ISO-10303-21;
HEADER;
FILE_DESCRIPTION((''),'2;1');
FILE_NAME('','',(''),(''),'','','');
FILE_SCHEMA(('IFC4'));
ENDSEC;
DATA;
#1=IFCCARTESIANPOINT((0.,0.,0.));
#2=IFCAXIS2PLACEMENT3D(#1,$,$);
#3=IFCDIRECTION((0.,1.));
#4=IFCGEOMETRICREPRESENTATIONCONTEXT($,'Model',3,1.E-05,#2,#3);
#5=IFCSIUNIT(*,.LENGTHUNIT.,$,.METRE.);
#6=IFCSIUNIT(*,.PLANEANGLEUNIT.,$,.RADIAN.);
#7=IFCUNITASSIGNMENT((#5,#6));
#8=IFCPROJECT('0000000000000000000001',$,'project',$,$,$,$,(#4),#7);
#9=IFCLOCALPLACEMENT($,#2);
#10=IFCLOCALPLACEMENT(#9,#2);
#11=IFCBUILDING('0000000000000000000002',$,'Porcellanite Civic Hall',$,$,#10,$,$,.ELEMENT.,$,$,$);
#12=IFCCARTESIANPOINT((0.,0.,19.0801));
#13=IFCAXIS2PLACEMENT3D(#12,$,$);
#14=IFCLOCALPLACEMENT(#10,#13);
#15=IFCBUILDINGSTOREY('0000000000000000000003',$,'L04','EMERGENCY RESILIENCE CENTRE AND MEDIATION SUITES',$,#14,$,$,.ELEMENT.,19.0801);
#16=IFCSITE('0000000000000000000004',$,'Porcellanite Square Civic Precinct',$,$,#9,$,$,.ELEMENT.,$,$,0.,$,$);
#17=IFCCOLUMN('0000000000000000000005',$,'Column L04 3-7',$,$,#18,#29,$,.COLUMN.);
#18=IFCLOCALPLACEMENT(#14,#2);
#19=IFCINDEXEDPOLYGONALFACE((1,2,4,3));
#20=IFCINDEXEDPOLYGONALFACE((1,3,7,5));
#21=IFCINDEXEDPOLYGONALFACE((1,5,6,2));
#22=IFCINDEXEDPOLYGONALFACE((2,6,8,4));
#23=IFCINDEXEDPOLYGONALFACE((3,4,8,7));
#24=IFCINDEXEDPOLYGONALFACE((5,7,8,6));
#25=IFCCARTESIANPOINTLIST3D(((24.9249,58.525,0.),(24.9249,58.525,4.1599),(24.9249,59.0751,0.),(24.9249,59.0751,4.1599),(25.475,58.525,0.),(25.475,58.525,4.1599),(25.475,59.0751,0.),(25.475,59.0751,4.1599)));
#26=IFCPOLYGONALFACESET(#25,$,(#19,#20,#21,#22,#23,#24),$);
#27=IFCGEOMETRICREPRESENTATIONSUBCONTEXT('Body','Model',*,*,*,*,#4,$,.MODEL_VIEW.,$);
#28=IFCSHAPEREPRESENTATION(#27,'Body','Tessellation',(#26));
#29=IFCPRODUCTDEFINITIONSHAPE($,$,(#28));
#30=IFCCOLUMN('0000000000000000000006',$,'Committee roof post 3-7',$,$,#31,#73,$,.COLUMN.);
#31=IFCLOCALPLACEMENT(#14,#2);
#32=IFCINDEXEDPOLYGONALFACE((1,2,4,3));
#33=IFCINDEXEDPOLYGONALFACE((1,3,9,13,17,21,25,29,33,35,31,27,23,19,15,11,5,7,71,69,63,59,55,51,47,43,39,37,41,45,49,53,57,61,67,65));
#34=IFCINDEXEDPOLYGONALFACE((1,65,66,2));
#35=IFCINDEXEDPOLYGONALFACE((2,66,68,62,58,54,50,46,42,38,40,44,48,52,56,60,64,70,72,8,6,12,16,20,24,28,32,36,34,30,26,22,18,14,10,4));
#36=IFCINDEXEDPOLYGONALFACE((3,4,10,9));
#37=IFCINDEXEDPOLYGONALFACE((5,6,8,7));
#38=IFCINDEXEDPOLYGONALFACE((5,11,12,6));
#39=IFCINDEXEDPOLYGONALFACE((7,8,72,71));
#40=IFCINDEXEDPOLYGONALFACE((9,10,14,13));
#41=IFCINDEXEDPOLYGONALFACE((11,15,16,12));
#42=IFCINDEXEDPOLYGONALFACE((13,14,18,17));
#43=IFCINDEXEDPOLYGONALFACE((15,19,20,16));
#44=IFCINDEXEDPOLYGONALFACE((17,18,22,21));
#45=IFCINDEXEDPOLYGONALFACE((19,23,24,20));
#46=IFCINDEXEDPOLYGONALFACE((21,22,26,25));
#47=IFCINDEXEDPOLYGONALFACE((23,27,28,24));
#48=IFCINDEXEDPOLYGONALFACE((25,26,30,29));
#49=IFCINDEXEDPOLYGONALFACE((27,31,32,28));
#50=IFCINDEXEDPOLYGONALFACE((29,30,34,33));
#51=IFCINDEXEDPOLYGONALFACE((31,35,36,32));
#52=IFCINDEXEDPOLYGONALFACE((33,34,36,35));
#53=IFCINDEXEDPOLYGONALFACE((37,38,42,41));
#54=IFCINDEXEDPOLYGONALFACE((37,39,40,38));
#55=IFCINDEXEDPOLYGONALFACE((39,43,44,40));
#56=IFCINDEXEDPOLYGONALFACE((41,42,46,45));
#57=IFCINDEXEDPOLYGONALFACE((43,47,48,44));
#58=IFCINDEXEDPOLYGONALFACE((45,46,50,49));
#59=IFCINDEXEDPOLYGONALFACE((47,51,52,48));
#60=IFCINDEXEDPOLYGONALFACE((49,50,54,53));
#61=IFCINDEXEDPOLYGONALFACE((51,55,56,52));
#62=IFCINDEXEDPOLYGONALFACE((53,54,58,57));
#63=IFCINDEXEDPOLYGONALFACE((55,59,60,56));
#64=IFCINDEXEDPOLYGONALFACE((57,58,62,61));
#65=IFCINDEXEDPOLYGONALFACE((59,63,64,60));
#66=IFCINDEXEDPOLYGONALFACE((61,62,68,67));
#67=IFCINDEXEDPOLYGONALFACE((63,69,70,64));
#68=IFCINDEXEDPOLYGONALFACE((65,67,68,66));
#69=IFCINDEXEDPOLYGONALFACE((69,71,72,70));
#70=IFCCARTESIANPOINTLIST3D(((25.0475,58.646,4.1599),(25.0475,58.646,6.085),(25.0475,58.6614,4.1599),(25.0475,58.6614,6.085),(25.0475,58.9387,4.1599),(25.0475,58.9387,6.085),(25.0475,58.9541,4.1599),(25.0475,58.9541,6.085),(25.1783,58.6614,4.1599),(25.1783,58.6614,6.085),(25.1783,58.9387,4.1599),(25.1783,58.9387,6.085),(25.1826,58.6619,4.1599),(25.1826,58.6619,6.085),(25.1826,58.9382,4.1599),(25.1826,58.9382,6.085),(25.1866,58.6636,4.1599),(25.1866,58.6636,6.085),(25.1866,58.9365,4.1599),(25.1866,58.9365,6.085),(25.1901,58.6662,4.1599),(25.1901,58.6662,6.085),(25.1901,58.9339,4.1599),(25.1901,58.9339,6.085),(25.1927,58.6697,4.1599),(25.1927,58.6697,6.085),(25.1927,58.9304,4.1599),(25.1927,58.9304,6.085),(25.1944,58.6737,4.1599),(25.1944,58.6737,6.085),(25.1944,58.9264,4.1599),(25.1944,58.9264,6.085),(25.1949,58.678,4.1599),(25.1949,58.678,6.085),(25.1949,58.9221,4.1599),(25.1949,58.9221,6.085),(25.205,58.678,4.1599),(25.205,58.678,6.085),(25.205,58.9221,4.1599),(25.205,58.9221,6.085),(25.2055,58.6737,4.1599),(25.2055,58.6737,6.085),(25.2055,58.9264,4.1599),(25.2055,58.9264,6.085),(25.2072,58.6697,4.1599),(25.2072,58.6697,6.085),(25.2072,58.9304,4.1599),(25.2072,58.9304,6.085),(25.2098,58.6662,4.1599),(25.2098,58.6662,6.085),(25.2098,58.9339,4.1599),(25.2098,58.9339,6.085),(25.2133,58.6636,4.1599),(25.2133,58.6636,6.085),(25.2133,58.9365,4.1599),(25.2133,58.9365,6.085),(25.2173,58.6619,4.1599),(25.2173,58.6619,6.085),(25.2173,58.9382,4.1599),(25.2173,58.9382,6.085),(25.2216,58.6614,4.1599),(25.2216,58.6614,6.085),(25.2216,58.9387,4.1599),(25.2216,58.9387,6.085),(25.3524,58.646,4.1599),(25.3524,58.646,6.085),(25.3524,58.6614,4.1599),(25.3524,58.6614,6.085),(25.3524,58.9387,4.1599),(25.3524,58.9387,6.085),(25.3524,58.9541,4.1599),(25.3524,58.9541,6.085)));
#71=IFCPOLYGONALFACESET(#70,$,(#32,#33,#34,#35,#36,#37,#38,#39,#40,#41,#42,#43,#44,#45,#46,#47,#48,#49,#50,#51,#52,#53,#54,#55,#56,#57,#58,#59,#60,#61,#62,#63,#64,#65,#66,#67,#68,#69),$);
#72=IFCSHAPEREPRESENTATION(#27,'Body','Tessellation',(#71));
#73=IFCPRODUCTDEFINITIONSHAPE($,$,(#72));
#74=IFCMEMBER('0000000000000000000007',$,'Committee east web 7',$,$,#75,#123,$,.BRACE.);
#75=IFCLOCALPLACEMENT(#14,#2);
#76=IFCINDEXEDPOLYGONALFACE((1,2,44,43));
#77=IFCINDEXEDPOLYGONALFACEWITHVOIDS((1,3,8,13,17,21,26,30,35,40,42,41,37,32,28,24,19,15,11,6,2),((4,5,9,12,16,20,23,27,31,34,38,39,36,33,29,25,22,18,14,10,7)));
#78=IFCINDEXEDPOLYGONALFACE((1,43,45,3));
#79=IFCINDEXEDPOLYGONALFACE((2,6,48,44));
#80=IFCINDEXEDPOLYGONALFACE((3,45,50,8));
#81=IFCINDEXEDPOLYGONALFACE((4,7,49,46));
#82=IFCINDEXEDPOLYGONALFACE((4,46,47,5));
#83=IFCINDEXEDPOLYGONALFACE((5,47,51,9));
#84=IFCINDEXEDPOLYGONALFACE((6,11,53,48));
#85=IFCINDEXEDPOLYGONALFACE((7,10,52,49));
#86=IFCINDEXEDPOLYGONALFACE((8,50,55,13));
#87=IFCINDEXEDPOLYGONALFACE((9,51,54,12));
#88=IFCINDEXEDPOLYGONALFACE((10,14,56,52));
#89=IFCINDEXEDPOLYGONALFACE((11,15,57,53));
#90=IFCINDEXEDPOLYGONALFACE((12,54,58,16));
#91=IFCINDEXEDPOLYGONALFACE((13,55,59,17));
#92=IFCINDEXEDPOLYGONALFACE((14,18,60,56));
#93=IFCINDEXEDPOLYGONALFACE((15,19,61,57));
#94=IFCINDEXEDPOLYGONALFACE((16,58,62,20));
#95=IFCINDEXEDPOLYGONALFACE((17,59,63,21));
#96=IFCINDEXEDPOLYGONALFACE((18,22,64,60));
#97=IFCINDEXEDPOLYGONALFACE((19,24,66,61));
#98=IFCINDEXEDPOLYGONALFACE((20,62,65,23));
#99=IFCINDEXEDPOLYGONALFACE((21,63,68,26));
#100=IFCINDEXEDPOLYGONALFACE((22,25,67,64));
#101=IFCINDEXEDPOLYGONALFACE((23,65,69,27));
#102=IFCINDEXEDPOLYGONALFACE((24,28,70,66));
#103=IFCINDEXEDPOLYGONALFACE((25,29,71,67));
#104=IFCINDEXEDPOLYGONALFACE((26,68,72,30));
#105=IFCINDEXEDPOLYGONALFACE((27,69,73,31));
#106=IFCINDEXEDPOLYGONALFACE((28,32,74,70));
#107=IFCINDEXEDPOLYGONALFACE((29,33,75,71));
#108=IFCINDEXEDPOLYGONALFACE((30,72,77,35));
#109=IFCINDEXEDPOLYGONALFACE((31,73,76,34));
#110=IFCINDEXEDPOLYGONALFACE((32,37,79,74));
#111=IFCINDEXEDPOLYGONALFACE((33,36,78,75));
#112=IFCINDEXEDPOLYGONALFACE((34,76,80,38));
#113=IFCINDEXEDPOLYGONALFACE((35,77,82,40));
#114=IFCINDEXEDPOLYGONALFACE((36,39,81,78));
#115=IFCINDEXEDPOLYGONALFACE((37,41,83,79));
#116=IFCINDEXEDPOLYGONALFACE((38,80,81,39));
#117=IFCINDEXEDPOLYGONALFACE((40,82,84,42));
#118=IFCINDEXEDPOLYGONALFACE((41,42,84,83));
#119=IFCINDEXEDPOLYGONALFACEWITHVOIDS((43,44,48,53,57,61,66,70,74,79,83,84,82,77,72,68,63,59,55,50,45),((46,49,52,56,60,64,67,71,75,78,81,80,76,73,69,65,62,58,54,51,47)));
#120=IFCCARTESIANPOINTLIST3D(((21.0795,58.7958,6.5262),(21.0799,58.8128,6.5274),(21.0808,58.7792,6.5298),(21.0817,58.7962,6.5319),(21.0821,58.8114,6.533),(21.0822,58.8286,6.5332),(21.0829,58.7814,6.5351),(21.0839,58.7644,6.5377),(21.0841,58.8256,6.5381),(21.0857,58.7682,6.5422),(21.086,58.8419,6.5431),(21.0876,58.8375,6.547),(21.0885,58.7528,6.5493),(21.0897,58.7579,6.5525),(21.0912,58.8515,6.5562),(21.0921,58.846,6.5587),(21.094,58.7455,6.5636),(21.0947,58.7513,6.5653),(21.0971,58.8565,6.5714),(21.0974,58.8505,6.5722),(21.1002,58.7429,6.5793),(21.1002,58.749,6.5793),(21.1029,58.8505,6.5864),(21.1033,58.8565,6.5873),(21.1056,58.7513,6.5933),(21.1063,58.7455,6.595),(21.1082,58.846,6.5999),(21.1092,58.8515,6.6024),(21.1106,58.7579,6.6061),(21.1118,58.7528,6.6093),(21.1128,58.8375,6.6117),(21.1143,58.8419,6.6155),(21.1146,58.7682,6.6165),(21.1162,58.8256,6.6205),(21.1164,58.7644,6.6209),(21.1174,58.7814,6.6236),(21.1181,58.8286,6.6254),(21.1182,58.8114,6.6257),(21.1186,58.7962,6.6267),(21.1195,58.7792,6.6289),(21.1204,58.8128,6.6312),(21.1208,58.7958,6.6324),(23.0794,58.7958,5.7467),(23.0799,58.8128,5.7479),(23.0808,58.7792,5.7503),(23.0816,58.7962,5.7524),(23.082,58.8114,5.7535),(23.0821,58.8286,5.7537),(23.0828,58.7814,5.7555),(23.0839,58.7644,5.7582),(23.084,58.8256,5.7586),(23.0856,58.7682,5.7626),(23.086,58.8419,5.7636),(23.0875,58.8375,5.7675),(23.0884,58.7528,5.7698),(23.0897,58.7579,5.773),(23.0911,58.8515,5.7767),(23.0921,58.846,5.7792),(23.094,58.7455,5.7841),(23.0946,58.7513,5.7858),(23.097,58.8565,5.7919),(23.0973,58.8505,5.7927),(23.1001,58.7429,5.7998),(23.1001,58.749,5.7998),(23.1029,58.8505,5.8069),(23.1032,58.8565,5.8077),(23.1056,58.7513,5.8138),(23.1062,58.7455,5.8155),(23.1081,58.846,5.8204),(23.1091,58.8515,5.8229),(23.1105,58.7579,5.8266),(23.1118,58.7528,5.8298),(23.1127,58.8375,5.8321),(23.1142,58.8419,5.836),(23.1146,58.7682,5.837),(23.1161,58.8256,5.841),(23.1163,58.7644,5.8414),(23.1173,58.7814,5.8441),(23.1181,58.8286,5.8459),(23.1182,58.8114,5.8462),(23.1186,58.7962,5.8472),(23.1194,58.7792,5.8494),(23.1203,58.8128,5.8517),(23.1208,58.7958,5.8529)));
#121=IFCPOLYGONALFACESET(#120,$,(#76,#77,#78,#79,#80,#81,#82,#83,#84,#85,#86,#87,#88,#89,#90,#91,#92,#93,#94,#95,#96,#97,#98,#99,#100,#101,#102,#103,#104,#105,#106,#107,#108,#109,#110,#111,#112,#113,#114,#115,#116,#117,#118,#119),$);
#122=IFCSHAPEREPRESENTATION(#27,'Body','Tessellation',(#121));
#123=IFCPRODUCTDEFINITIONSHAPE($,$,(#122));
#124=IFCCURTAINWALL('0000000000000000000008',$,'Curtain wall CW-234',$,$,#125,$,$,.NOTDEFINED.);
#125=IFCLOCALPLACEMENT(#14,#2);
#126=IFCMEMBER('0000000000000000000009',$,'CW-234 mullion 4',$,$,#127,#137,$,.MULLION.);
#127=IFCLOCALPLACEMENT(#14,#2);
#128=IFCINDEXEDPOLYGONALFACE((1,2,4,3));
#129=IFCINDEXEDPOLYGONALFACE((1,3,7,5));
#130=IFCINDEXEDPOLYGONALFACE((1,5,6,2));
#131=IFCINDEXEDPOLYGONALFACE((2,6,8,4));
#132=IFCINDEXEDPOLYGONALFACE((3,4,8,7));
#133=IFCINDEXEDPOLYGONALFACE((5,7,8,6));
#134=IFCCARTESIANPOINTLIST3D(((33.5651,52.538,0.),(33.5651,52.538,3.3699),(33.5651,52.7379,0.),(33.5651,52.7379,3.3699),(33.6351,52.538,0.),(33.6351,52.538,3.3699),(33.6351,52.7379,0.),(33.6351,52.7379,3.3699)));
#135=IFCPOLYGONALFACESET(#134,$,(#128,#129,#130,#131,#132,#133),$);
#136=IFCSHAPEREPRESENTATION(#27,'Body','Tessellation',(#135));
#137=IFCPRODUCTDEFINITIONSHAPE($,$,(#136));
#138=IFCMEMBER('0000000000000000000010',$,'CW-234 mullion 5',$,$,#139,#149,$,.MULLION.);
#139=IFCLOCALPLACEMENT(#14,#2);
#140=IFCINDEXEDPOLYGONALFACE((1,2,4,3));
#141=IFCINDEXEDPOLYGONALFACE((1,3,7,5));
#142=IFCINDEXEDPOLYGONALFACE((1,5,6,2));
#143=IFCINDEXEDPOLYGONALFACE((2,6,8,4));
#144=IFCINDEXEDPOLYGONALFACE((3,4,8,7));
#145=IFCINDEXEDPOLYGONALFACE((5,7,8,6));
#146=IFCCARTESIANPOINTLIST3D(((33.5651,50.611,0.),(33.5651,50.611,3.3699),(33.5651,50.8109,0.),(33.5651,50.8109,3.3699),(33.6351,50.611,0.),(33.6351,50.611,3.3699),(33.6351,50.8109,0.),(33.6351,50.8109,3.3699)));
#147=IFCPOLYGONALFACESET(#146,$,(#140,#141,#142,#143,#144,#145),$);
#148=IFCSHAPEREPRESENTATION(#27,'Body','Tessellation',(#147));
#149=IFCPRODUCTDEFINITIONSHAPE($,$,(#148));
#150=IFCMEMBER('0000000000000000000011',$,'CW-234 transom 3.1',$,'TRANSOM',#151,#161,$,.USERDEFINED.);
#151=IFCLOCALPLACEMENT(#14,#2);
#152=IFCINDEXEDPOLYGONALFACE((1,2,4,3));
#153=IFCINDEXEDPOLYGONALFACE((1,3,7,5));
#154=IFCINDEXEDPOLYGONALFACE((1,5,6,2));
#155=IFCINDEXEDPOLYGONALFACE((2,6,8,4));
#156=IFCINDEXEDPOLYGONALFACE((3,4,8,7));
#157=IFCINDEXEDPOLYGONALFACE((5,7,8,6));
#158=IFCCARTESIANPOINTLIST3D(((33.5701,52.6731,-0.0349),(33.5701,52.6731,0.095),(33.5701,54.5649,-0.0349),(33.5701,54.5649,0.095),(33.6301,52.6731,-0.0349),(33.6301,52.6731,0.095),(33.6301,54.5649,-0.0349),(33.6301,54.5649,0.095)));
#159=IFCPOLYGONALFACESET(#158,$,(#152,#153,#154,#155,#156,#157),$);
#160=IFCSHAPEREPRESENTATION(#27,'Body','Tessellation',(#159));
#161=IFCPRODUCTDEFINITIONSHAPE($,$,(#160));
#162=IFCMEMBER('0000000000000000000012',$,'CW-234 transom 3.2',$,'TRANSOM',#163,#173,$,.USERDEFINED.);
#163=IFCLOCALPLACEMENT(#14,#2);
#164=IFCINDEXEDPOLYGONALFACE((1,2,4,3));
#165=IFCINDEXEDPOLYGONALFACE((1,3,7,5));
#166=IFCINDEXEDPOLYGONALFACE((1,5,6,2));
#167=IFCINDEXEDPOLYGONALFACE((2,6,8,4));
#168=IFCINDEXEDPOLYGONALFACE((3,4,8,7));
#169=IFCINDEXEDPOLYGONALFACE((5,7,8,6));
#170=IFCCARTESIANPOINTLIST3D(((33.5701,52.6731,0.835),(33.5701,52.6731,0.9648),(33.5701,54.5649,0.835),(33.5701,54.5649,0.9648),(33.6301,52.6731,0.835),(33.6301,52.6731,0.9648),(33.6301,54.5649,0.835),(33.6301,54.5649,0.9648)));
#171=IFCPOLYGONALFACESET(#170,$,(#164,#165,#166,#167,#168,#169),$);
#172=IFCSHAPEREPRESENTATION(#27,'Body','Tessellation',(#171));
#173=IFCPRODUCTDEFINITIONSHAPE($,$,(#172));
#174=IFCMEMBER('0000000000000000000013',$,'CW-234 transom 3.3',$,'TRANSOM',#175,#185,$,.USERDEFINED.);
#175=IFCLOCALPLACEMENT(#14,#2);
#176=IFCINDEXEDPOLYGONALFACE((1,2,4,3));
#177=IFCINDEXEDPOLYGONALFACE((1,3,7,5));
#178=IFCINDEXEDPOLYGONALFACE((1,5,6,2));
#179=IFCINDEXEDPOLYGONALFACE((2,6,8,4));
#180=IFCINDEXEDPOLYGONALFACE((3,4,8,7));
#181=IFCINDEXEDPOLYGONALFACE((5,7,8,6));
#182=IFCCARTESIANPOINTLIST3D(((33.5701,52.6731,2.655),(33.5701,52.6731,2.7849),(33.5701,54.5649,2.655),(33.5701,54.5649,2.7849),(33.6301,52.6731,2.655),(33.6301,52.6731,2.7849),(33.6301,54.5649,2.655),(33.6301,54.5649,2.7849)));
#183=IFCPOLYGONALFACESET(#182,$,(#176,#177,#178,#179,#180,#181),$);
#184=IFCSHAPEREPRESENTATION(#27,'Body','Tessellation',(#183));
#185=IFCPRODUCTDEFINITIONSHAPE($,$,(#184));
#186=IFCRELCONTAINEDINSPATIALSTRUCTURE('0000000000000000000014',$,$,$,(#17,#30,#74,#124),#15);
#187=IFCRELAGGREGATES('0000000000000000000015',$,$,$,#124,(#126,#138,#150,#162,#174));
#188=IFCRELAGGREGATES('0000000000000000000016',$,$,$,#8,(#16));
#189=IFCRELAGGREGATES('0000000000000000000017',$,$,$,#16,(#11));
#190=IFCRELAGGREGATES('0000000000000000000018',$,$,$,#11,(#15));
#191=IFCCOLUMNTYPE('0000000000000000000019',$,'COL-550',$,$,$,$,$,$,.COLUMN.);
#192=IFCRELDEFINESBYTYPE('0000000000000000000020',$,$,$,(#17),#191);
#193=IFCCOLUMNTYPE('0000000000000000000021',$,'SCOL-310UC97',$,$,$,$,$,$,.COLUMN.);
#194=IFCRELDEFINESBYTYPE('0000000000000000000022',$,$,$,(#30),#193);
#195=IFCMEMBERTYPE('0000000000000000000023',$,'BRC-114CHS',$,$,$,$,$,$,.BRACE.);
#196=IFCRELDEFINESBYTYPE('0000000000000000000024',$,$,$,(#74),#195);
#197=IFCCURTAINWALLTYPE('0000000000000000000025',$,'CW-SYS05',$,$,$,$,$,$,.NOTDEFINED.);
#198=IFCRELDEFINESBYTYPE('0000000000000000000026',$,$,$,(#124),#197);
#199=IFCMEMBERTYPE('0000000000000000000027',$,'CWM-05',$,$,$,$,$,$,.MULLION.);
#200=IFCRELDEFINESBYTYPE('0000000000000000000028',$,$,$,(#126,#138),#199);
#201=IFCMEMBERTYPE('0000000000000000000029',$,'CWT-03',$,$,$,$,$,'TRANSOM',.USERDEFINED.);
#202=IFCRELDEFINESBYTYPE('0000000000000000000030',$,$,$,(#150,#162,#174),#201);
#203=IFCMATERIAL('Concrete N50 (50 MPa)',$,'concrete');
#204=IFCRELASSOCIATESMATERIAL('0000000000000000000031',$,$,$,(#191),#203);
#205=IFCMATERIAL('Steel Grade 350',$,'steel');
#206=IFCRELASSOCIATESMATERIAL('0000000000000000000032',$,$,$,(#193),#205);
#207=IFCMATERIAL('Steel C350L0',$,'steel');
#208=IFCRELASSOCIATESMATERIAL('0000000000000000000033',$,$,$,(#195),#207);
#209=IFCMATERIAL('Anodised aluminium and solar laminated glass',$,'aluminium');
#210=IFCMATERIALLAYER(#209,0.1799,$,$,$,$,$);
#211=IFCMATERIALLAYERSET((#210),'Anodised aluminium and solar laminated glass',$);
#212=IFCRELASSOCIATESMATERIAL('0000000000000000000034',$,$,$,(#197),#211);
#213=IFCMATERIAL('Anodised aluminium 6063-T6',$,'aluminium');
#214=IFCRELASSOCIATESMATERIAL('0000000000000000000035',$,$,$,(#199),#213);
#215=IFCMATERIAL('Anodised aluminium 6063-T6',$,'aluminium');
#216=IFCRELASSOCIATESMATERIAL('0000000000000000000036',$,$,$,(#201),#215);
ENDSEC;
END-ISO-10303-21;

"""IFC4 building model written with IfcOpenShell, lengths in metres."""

from ifc_helpers import new_model, si_unit, direction, frame, origin, origin_2d, place, context, subcontext, project, spatial, rectangle, hollow_circle, i_section, extrude, material, layer, layer_set, material_profile, profile_set, type_object, element, aggregate, save


model = new_model("IFC4")

# Units and contexts
model_context = context("Model", 3, precision=1e-05, world=origin(), true_north=direction((0.0, 1.0)))
body_context = subcontext(model_context, "Body", "Model", "MODEL_VIEW")
ifc_project = project(units=[si_unit("LENGTHUNIT", "METRE"), si_unit("PLANEANGLEUNIT", "RADIAN")], contexts=[model_context])

# Site, building, storey
site_placement = place(None, origin())
site = spatial("IfcSite", under=ifc_project, at=site_placement, Name="Porcellanite Square Civic Precinct", CompositionType="ELEMENT", RefElevation=0.0)
building_placement = place(site_placement, origin())
building = spatial("IfcBuilding", under=site, at=building_placement, Name="Porcellanite Civic Hall", CompositionType="ELEMENT")
storey_placement = place(building_placement, frame((0.0, 0.0, 19.0801)))
storey = spatial("IfcBuildingStorey", under=building, at=storey_placement, Name="L04", Description="EMERGENCY RESILIENCE CENTRE AND MEDIATION SUITES", CompositionType="ELEMENT", Elevation=19.0801)

# Columns
ifc_material_1 = material(Name="Concrete N50 (50 MPa)", Category="concrete")
ifc_material_profile_1 = material_profile(ifc_material_1, rectangle(XDim=0.55, YDim=0.55, at=origin_2d()), Name="RC-550x550")
ifc_profile_set_1 = profile_set([ifc_material_profile_1], Name="Concrete N50 (50 MPa)")
column_type_1 = type_object("IfcColumnType", Name="COL-550", PredefinedType="COLUMN", material=ifc_profile_set_1)
column_1_placement = place(storey_placement, frame((25.2, 58.8, 0.0), z_axis=(0.0, 0.0, 1.0), x_axis=(1.0, 0.0, 0.0)))
element("IfcColumn", 1, at=column_1_placement, inside=storey, type_object=column_type_1, Name="Column L04 3-7", PredefinedType="COLUMN", context=body_context, shape_type="SweptSolid", body=[
    extrude(rectangle(XDim=0.55, YDim=0.55, at=origin_2d()), origin(), (0.0, 0.0, 1.0), 4.1599),
])
ifc_material_2 = material(Name="Steel Grade 350", Category="steel")
ifc_material_profile_2 = material_profile(ifc_material_2, i_section(OverallWidth=0.3049, OverallDepth=0.3081, WebThickness=0.01, FlangeThickness=0.0154, FilletRadius=0.0166, at=origin_2d()), Name="310UC96.8")
ifc_profile_set_2 = profile_set([ifc_material_profile_2], Name="Steel Grade 350")
column_type_2 = type_object("IfcColumnType", Name="SCOL-310UC97", PredefinedType="COLUMN", material=ifc_profile_set_2)
column_2_placement = place(storey_placement, frame((25.2, 58.8, 4.1599), z_axis=(0.0, 0.0, 1.0), x_axis=(1.0, 0.0, 0.0)))
element("IfcColumn", 2, at=column_2_placement, inside=storey, type_object=column_type_2, Name="Committee roof post 3-7", PredefinedType="COLUMN", context=body_context, shape_type="SweptSolid", body=[
    extrude(i_section(OverallWidth=0.3049, OverallDepth=0.3081, WebThickness=0.01, FlangeThickness=0.0154, FilletRadius=0.0166, at=origin_2d()), origin(), (0.0, 0.0, 1.0), 1.925),
])

# Member
ifc_material_3 = material(Name="Steel C350L0", Category="steel")
ifc_material_profile_3 = material_profile(ifc_material_3, hollow_circle(Radius=0.0571, WallThickness=0.0061, at=origin_2d()), Name="114.3x6.0CHS")
ifc_profile_set_3 = profile_set([ifc_material_profile_3], Name="Steel C350L0")
member_type_1 = type_object("IfcMemberType", Name="BRC-114CHS", PredefinedType="BRACE", material=ifc_profile_set_3)
member_1_placement = place(storey_placement, frame((23.1001, 58.8, 5.7998), z_axis=(-0.931727, 0.0, 0.36316), x_axis=(0.0, -1.0, 0.0)))
element("IfcMember", 3, at=member_1_placement, inside=storey, type_object=member_type_1, Name="Committee east web 7", PredefinedType="BRACE", context=body_context, shape_type="SweptSolid", body=[
    extrude(hollow_circle(Radius=0.0571, WallThickness=0.0061, at=origin_2d()), origin(), (0.0, 0.0, 1.0), 2.1465),
])

# Curtain wall, members
ifc_material_4 = material(Name="Anodised aluminium and solar laminated glass", Category="aluminium")
ifc_layer_1 = layer(ifc_material_4, 0.1799)
ifc_layer_set_1 = layer_set([ifc_layer_1], Name="Anodised aluminium and solar laminated glass")
curtain_wall_type = type_object("IfcCurtainWallType", Name="CW-SYS05", PredefinedType="NOTDEFINED", material=ifc_layer_set_1)
curtain_wall_placement = place(storey_placement, origin())
curtain_wall = element("IfcCurtainWall", 4, at=curtain_wall_placement, inside=storey, type_object=curtain_wall_type, Name="Curtain wall CW-234", PredefinedType="NOTDEFINED")
ifc_material_5 = material(Name="Anodised aluminium 6063-T6", Category="aluminium")
ifc_material_profile_4 = material_profile(ifc_material_5, rectangle(XDim=0.0701, YDim=0.2, at=origin_2d()), Name="AL-70x200")
ifc_profile_set_4 = profile_set([ifc_material_profile_4], Name="Anodised aluminium 6063-T6")
member_type_2 = type_object("IfcMemberType", Name="CWM-05", PredefinedType="MULLION", material=ifc_profile_set_4)
member_2_placement = place(storey_placement, frame((33.6001, 52.6379, 0.0), z_axis=(0.0, 0.0, 1.0), x_axis=(1.0, 0.0, 0.0)))
member_2 = element("IfcMember", 5, at=member_2_placement, type_object=member_type_2, Name="CW-234 mullion 4", PredefinedType="MULLION", context=body_context, shape_type="SweptSolid", body=[
    extrude(rectangle(XDim=0.0701, YDim=0.2, at=origin_2d()), origin(), (0.0, 0.0, 1.0), 3.3699),
])
member_3_placement = place(storey_placement, frame((33.6001, 50.7109, 0.0), z_axis=(0.0, 0.0, 1.0), x_axis=(1.0, 0.0, 0.0)))
member_3 = element("IfcMember", 6, at=member_3_placement, type_object=member_type_2, Name="CW-234 mullion 5", PredefinedType="MULLION", context=body_context, shape_type="SweptSolid", body=[
    extrude(rectangle(XDim=0.0701, YDim=0.2, at=origin_2d()), origin(), (0.0, 0.0, 1.0), 3.3699),
])
ifc_material_6 = material(Name="Anodised aluminium 6063-T6", Category="aluminium")
ifc_material_profile_5 = material_profile(ifc_material_6, rectangle(XDim=0.0601, YDim=0.1299, at=origin_2d()), Name="AL-60x130")
ifc_profile_set_5 = profile_set([ifc_material_profile_5], Name="Anodised aluminium 6063-T6")
member_type_3 = type_object("IfcMemberType", Name="CWT-03", ElementType="TRANSOM", PredefinedType="USERDEFINED", material=ifc_profile_set_5)
member_4_placement = place(storey_placement, frame((33.6001, 54.5649, 0.03), z_axis=(0.0, -1.0, 0.0), x_axis=(1.0, 0.0, 0.0)))
member_4 = element("IfcMember", 7, at=member_4_placement, type_object=member_type_3, Name="CW-234 transom 3.1", ObjectType="TRANSOM", PredefinedType="USERDEFINED", context=body_context, shape_type="SweptSolid", body=[
    extrude(rectangle(XDim=0.0601, YDim=0.1299, at=origin_2d()), origin(), (0.0, 0.0, 1.0), 1.8918),
])
member_5_placement = place(storey_placement, frame((33.6001, 54.5649, 0.8999), z_axis=(0.0, -1.0, 0.0), x_axis=(1.0, 0.0, 0.0)))
member_5 = element("IfcMember", 8, at=member_5_placement, type_object=member_type_3, Name="CW-234 transom 3.2", ObjectType="TRANSOM", PredefinedType="USERDEFINED", context=body_context, shape_type="SweptSolid", body=[
    extrude(rectangle(XDim=0.0601, YDim=0.1299, at=origin_2d()), origin(), (0.0, 0.0, 1.0), 1.8918),
])
member_6_placement = place(storey_placement, frame((33.6001, 54.5649, 2.72), z_axis=(0.0, -1.0, 0.0), x_axis=(1.0, 0.0, 0.0)))
member_6 = element("IfcMember", 9, at=member_6_placement, type_object=member_type_3, Name="CW-234 transom 3.3", ObjectType="TRANSOM", PredefinedType="USERDEFINED", context=body_context, shape_type="SweptSolid", body=[
    extrude(rectangle(XDim=0.0601, YDim=0.1299, at=origin_2d()), origin(), (0.0, 0.0, 1.0), 1.8918),
])

aggregate(curtain_wall, [member_2, member_3, member_4, member_5, member_6])

save(model, "model.ifc")
